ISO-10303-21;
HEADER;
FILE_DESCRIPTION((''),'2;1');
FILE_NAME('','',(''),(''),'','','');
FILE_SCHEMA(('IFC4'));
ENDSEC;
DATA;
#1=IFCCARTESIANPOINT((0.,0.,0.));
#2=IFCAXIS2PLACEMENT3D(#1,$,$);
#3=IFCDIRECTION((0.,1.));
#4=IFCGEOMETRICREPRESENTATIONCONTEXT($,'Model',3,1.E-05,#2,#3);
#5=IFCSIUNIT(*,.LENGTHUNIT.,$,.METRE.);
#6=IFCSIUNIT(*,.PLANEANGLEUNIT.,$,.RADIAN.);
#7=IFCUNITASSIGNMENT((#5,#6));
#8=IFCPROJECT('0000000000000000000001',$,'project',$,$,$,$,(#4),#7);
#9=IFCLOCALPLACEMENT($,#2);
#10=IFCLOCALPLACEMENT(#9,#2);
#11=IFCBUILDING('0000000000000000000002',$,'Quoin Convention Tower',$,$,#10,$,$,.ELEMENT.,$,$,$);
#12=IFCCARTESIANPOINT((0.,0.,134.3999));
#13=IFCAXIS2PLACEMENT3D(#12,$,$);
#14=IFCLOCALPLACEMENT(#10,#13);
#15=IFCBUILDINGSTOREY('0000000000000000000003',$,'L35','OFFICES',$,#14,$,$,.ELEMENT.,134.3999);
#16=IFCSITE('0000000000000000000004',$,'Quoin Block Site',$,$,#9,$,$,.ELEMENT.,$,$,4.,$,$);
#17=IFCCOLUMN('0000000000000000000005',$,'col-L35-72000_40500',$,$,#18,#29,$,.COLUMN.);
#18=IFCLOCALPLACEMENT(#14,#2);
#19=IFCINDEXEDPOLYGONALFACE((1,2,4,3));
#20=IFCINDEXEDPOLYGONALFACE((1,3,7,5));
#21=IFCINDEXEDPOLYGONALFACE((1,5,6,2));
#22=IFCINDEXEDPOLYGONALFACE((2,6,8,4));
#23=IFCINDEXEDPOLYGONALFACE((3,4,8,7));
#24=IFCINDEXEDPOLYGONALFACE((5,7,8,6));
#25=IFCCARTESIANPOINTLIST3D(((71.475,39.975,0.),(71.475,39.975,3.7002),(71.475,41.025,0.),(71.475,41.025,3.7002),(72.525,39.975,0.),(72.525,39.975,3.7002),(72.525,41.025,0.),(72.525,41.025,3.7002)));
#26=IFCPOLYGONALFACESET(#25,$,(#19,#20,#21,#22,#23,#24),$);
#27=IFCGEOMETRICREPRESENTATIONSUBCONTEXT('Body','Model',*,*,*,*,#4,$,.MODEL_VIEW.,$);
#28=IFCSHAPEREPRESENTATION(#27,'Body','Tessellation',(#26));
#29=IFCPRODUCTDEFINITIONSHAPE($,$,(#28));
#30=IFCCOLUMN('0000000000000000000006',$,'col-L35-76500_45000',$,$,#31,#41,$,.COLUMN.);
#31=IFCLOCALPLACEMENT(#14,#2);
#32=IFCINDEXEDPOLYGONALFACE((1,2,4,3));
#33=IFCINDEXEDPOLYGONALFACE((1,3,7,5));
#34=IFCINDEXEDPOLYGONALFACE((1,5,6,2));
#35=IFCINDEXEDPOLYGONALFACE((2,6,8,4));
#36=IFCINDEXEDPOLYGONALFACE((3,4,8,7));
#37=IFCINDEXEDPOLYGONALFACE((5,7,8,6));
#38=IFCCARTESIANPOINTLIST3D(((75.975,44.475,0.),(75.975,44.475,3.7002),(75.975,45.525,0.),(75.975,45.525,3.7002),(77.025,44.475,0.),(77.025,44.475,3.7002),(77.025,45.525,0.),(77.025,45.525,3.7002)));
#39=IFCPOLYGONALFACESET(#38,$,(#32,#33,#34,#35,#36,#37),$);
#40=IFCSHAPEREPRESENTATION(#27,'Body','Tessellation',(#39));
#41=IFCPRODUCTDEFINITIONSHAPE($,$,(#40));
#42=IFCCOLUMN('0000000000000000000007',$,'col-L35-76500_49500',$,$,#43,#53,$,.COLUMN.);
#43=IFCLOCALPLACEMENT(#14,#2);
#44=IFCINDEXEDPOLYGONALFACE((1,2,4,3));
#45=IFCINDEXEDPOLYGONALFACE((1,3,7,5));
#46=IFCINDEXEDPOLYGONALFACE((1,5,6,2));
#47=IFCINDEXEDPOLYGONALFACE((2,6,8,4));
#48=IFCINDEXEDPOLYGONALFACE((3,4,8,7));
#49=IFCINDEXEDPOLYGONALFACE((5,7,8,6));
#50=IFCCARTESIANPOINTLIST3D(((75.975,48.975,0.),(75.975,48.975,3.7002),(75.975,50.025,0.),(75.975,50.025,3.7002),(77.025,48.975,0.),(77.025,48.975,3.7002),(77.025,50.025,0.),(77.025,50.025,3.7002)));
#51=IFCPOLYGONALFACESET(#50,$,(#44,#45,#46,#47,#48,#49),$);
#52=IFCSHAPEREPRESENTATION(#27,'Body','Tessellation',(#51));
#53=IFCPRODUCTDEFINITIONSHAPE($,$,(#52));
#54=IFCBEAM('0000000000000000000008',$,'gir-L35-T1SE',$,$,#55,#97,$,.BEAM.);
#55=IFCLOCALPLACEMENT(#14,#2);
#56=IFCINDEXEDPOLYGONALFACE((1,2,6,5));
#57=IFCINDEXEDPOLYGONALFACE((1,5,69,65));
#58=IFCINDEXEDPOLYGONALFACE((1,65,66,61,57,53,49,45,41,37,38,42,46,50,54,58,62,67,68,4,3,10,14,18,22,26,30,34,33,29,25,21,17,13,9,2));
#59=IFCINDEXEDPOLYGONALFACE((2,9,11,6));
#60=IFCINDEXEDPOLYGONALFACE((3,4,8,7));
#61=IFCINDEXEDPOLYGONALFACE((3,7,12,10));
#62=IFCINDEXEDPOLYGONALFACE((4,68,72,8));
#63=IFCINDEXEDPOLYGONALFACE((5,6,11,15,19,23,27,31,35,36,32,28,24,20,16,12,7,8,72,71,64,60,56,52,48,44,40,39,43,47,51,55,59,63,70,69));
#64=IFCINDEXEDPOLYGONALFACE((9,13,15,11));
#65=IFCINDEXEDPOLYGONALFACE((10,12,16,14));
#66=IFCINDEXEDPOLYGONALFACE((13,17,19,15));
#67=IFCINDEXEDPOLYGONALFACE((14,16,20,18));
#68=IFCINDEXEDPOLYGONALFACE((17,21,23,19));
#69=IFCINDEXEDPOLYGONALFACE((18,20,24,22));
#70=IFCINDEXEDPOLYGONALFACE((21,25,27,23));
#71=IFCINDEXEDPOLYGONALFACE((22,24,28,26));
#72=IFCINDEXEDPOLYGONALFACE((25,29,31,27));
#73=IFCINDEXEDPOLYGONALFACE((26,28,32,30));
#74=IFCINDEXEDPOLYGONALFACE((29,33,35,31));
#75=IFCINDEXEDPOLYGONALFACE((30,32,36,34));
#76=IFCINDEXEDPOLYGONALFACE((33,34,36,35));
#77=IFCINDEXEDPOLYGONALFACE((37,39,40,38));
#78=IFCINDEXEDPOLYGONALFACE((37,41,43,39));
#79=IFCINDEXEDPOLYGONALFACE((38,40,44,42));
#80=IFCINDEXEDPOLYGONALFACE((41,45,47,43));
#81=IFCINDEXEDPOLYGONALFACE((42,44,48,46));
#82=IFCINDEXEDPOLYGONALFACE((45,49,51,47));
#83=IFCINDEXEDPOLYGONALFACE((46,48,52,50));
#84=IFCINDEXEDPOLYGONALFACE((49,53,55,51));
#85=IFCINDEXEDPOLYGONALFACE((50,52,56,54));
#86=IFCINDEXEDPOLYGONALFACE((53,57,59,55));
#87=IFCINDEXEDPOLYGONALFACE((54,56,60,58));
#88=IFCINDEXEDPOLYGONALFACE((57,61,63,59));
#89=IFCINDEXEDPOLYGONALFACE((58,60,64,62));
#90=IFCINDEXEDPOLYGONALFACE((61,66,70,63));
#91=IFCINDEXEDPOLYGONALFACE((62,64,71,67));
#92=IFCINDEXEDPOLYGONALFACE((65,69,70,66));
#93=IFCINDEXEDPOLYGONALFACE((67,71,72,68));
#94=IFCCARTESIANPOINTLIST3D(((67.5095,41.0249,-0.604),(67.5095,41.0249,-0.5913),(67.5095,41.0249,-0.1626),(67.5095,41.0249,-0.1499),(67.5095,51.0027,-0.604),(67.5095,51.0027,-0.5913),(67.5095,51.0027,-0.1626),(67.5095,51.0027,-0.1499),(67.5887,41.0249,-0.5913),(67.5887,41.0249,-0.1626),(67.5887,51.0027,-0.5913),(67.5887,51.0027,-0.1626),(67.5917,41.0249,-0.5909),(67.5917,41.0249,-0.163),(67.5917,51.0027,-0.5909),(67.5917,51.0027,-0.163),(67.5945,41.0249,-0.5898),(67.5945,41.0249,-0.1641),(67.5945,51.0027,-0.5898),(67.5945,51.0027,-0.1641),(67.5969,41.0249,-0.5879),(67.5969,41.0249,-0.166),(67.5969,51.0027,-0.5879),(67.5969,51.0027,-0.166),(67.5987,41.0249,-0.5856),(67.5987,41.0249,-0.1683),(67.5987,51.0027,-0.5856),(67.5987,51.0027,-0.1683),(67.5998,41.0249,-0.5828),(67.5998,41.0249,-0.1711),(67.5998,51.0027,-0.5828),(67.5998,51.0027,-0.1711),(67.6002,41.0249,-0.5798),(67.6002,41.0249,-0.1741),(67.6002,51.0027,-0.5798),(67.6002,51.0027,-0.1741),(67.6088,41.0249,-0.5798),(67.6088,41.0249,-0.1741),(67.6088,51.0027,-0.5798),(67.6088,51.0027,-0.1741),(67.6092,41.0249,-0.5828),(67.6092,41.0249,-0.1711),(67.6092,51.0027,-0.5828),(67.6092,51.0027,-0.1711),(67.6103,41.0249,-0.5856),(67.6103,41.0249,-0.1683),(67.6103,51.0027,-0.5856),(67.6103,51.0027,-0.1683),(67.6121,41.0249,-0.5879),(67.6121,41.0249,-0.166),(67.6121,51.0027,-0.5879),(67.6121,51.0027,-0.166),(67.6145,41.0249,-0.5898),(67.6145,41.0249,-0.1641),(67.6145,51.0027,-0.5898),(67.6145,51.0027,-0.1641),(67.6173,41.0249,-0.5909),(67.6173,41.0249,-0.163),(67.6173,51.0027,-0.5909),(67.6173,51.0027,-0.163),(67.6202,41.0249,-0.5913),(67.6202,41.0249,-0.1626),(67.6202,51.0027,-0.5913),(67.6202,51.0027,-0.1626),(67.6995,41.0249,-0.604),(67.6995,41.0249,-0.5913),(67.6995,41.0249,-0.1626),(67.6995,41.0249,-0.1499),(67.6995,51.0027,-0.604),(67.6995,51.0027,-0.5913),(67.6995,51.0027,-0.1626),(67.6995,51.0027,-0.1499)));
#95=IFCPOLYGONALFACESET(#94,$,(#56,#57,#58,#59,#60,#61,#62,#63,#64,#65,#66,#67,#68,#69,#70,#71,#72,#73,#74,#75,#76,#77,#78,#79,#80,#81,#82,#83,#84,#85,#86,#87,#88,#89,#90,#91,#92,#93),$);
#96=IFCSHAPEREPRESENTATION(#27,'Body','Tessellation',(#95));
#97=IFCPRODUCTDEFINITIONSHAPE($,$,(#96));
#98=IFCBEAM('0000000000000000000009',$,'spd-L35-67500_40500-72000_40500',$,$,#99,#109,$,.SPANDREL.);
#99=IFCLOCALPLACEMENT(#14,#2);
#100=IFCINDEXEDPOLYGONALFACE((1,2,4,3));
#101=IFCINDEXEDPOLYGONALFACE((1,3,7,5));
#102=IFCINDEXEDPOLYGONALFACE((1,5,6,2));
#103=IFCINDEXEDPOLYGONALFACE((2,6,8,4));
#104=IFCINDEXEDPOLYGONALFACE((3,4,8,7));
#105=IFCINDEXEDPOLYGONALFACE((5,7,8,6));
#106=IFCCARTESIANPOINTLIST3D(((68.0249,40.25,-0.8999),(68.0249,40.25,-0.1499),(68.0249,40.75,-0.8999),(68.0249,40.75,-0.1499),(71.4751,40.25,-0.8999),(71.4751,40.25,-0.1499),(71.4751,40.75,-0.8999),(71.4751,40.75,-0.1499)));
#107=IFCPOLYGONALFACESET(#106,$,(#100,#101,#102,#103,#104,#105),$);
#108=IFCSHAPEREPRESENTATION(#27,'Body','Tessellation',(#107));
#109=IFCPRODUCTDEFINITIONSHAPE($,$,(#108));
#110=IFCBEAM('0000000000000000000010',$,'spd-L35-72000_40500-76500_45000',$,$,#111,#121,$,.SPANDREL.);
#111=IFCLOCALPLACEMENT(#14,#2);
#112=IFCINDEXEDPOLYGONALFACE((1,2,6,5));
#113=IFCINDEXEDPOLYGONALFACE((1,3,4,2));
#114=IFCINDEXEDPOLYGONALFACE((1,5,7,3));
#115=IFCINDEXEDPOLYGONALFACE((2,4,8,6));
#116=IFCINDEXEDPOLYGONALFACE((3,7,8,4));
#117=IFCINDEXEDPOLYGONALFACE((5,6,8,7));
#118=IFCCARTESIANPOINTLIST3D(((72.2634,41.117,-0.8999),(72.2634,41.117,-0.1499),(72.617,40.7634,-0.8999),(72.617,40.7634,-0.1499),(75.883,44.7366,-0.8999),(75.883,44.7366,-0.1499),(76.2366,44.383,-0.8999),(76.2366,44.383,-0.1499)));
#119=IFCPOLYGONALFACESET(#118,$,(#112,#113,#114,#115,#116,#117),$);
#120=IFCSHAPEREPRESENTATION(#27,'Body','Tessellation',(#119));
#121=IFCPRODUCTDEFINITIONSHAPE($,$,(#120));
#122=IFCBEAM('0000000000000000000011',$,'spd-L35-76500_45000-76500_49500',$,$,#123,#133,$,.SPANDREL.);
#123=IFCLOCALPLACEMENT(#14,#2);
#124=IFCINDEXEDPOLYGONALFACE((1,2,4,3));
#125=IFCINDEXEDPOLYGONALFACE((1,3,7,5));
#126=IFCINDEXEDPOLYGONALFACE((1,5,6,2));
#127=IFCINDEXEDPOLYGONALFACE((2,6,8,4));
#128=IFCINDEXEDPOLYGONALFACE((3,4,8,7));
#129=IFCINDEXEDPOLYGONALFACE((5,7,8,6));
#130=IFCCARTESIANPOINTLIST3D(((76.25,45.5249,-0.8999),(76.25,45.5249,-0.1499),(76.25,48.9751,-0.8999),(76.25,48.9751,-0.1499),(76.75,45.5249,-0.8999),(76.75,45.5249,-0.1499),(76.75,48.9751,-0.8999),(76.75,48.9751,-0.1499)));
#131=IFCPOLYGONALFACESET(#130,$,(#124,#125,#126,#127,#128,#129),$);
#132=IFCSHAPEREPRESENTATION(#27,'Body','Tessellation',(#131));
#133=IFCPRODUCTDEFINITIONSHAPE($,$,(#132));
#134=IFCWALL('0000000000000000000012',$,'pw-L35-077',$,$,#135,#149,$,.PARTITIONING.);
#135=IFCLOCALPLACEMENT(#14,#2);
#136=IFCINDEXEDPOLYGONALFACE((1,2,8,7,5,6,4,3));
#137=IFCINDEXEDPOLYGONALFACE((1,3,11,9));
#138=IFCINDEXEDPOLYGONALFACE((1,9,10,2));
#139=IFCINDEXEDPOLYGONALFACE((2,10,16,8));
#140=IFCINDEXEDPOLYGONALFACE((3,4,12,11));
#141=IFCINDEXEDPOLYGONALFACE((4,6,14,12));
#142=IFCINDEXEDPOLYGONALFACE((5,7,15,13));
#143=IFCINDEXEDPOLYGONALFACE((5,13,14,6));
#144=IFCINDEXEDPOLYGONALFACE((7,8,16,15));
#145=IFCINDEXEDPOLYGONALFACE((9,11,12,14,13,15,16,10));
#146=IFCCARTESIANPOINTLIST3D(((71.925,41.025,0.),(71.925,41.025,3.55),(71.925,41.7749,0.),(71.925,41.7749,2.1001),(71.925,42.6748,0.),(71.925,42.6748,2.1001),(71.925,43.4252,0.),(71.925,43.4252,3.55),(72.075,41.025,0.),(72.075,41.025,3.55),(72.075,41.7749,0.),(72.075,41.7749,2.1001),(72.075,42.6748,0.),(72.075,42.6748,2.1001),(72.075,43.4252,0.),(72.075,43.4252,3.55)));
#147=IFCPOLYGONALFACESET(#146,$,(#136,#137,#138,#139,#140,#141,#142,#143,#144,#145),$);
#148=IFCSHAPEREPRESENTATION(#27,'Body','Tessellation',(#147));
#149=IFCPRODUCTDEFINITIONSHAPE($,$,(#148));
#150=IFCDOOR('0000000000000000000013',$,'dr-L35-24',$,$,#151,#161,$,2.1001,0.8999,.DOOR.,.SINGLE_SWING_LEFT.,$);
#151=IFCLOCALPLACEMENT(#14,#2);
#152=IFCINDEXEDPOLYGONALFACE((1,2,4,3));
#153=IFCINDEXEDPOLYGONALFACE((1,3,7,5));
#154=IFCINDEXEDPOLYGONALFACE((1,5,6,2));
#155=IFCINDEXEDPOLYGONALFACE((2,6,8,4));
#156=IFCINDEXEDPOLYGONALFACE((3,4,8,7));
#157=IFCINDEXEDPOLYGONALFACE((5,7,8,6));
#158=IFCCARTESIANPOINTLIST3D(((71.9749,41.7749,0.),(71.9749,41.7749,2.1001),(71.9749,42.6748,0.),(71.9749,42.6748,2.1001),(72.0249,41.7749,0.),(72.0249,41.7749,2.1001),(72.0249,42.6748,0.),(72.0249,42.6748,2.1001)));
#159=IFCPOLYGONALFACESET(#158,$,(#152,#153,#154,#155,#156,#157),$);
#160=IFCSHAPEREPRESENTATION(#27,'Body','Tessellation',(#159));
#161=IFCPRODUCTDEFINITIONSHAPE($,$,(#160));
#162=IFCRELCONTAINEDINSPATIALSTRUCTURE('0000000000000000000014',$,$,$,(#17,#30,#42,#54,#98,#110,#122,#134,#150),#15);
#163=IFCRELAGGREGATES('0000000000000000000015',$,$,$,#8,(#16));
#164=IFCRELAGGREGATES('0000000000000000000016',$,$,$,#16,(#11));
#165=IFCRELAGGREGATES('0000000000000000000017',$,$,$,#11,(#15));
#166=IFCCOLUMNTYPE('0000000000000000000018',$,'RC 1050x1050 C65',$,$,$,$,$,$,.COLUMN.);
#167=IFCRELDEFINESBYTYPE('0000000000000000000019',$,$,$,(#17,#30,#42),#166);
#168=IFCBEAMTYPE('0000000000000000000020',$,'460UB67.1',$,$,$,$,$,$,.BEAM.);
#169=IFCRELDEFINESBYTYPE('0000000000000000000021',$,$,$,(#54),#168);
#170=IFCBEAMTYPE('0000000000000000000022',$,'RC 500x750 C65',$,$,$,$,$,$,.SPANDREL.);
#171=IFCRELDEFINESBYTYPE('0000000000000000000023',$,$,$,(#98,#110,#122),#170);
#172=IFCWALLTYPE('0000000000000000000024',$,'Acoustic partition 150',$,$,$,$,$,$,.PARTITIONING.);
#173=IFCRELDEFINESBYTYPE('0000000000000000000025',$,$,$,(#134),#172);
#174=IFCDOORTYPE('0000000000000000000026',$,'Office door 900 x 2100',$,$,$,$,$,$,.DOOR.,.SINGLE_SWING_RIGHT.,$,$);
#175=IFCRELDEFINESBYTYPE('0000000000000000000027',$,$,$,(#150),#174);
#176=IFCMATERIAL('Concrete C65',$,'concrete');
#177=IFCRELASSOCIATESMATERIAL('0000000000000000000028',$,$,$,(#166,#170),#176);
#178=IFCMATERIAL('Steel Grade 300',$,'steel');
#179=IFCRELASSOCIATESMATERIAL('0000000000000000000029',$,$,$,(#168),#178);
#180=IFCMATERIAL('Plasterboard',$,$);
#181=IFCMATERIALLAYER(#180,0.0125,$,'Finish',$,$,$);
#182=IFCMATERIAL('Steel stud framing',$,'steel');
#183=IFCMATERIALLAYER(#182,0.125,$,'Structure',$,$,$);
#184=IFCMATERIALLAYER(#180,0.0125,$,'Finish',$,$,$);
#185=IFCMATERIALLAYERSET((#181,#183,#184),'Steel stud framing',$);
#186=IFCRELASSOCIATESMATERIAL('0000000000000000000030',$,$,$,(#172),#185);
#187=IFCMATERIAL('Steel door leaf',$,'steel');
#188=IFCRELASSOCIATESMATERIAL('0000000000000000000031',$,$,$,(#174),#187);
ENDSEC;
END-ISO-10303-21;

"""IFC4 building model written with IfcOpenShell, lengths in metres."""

from ifc_helpers import new_model, si_unit, direction, frame, frame_2d, origin, origin_2d, place, context, subcontext, project, spatial, rectangle, i_section, extrude, material, layer, layer_set, material_profile, profile_set, type_object, element, fill, save


model = new_model("IFC4")

# Units and contexts
model_context = context("Model", 3, precision=1e-05, world=origin(), true_north=direction((0.0, 1.0)))
body_context = subcontext(model_context, "Body", "Model", "MODEL_VIEW")
ifc_project = project(units=[si_unit("LENGTHUNIT", "METRE"), si_unit("PLANEANGLEUNIT", "RADIAN")], contexts=[model_context])

# Site, building, storey
site_placement = place(None, origin())
site = spatial("IfcSite", under=ifc_project, at=site_placement, Name="Quoin Block Site", CompositionType="ELEMENT", RefElevation=4.0)
building_placement = place(site_placement, origin())
building = spatial("IfcBuilding", under=site, at=building_placement, Name="Quoin Convention Tower", CompositionType="ELEMENT")
storey_placement = place(building_placement, frame((0.0, 0.0, 134.3999)))
storey = spatial("IfcBuildingStorey", under=building, at=storey_placement, Name="L35", Description="OFFICES", CompositionType="ELEMENT", Elevation=134.3999)

# Columns
ifc_material_1 = material(Name="Concrete C65", Category="concrete")
ifc_material_profile_1 = material_profile(ifc_material_1, rectangle(XDim=1.05, YDim=1.05, at=origin_2d()), Name="RC 1050x1050")
ifc_profile_set_1 = profile_set([ifc_material_profile_1], Name="Concrete C65")
column_type = type_object("IfcColumnType", Name="RC 1050x1050 C65", PredefinedType="COLUMN", material=ifc_profile_set_1)
for number, where, z_axis, x_axis, name in (
    (1, (72.0, 40.5, 0.0), (0.0, 0.0, 1.0), (1.0, 0.0, 0.0), "col-L35-72000_40500"),
    (2, (76.5, 45.0, 0.0), (0.0, 0.0, 1.0), (1.0, 0.0, 0.0), "col-L35-76500_45000"),
    (3, (76.5, 49.5, 0.0), (0.0, 0.0, 1.0), (1.0, 0.0, 0.0), "col-L35-76500_49500"),
):
    element("IfcColumn", number, at=place(storey_placement, frame(where, z_axis=z_axis, x_axis=x_axis)), inside=storey, type_object=column_type, Name=name, PredefinedType="COLUMN", context=body_context, shape_type="SweptSolid", body=[
        extrude(rectangle(XDim=1.05, YDim=1.05, at=origin_2d()), origin(), (0.0, 0.0, 1.0), 3.7002),
    ])

# Beams
ifc_material_2 = material(Name="Steel Grade 300", Category="steel")
ifc_material_profile_2 = material_profile(ifc_material_2, i_section(OverallWidth=0.1899, OverallDepth=0.4541, WebThickness=0.0085, FlangeThickness=0.0127, FilletRadius=0.0115, at=origin_2d()), Name="460UB67.1")
ifc_profile_set_2 = profile_set([ifc_material_profile_2], Name="Steel Grade 300")
beam_type_1 = type_object("IfcBeamType", Name="460UB67.1", PredefinedType="BEAM", material=ifc_profile_set_2)
beam_1_placement = place(storey_placement, frame((67.6045, 41.0249, -0.377), z_axis=(0.0, 1.0, 0.0), x_axis=(-1.0, 0.0, 0.0)))
element("IfcBeam", 4, at=beam_1_placement, inside=storey, type_object=beam_type_1, Name="gir-L35-T1SE", PredefinedType="BEAM", context=body_context, shape_type="SweptSolid", body=[
    extrude(i_section(OverallWidth=0.1899, OverallDepth=0.4541, WebThickness=0.0085, FlangeThickness=0.0127, FilletRadius=0.0115, at=origin_2d()), origin(), (0.0, 0.0, 1.0), 9.9778),
])
ifc_material_profile_3 = material_profile(ifc_material_1, rectangle(XDim=0.5, YDim=0.75, at=origin_2d()), Name="RC 500x750")
ifc_profile_set_3 = profile_set([ifc_material_profile_3], Name="Concrete C65")
beam_type_2 = type_object("IfcBeamType", Name="RC 500x750 C65", PredefinedType="SPANDREL", material=ifc_profile_set_3)
beam_2_placement = place(storey_placement, frame((68.0249, 40.5, -0.5249), z_axis=(1.0, 0.0, 0.0), x_axis=(0.0, 1.0, 0.0)))
element("IfcBeam", 5, at=beam_2_placement, inside=storey, type_object=beam_type_2, Name="spd-L35-67500_40500-72000_40500", PredefinedType="SPANDREL", context=body_context, shape_type="SweptSolid", body=[
    extrude(rectangle(XDim=0.5, YDim=0.75, at=origin_2d()), origin(), (0.0, 0.0, 1.0), 3.4502),
])
beam_3_placement = place(storey_placement, frame((72.4402, 40.9402, -0.5249), z_axis=(0.707107, 0.707107, 0.0), x_axis=(-0.707107, 0.707107, 0.0)))
element("IfcBeam", 6, at=beam_3_placement, inside=storey, type_object=beam_type_2, Name="spd-L35-72000_40500-76500_45000", PredefinedType="SPANDREL", context=body_context, shape_type="SweptSolid", body=[
    extrude(rectangle(XDim=0.5, YDim=0.75, at=origin_2d()), origin(), (0.0, 0.0, 1.0), 5.1189),
])
beam_4_placement = place(storey_placement, frame((76.5, 45.5249, -0.5249), z_axis=(0.0, 1.0, 0.0), x_axis=(-1.0, 0.0, 0.0)))
element("IfcBeam", 7, at=beam_4_placement, inside=storey, type_object=beam_type_2, Name="spd-L35-76500_45000-76500_49500", PredefinedType="SPANDREL", context=body_context, shape_type="SweptSolid", body=[
    extrude(rectangle(XDim=0.5, YDim=0.75, at=origin_2d()), origin(), (0.0, 0.0, 1.0), 3.4502),
])

# Wall, opening, door
ifc_material_3 = material(Name="Plasterboard")
ifc_layer_1 = layer(ifc_material_3, 0.0125, Name="Finish")
ifc_material_4 = material(Name="Steel stud framing", Category="steel")
ifc_layer_2 = layer(ifc_material_4, 0.125, Name="Structure")
ifc_layer_3 = layer(ifc_material_3, 0.0125, Name="Finish")
ifc_layer_set_1 = layer_set([ifc_layer_1, ifc_layer_2, ifc_layer_3], Name="Steel stud framing")
wall_type_1 = type_object("IfcWallType", Name="Acoustic partition 150", PredefinedType="PARTITIONING", material=ifc_layer_set_1)
wall_1_placement = place(storey_placement, frame((72.0, 41.0249, 0.0), z_axis=(0.0, 0.0, 1.0), x_axis=(0.0, 1.0, 0.0)))
wall_1 = element("IfcWall", 8, at=wall_1_placement, inside=storey, type_object=wall_type_1, Name="pw-L35-077", PredefinedType="PARTITIONING", context=body_context, shape_type="SweptSolid", body=[
    extrude(rectangle(XDim=2.4001, YDim=0.1499, at=frame_2d((1.2002, 0.0))), origin(), (0.0, 0.0, 1.0), 3.55),
])
opening_1_placement = place(wall_1_placement, frame((0.75, 0.0, 0.0)))
opening_1 = element("IfcOpeningElement", 9, at=opening_1_placement, cuts=wall_1, PredefinedType="OPENING", context=body_context, shape_type="SweptSolid", body=[
    extrude(rectangle(XDim=0.8999, YDim=2.1001, at=frame_2d((0.45, 1.05))), frame((0.0, 0.085, 0.0), z_axis=(0.0, -1.0, 0.0), x_axis=(1.0, 0.0, 0.0)), (0.0, 0.0, 1.0), 0.1699),
])
ifc_material_5 = material(Name="Steel door leaf", Category="steel")
door_type_1 = type_object("IfcDoorType", Name="Office door 900 x 2100", OperationType="SINGLE_SWING_RIGHT", PredefinedType="DOOR", material=ifc_material_5)
door_1_placement = place(opening_1_placement, frame((0.8999, 0.0, 0.0), z_axis=(0.0, 0.0, 1.0), x_axis=(-1.0, 0.0, 0.0)))
door_1 = element("IfcDoor", 10, at=door_1_placement, inside=storey, type_object=door_type_1, Name="dr-L35-24", OperationType="SINGLE_SWING_LEFT", OverallHeight=2.1001, OverallWidth=0.8999, PredefinedType="DOOR", context=body_context, shape_type="SweptSolid", body=[
    extrude(rectangle(XDim=0.8999, YDim=2.1001, at=frame_2d((0.45, 1.05))), frame((0.0, 0.0249, 0.0), z_axis=(0.0, -1.0, 0.0), x_axis=(1.0, 0.0, 0.0)), (0.0, 0.0, 1.0), 0.05),
])
fill(opening_1, door_1)

save(model, "model.ifc")
